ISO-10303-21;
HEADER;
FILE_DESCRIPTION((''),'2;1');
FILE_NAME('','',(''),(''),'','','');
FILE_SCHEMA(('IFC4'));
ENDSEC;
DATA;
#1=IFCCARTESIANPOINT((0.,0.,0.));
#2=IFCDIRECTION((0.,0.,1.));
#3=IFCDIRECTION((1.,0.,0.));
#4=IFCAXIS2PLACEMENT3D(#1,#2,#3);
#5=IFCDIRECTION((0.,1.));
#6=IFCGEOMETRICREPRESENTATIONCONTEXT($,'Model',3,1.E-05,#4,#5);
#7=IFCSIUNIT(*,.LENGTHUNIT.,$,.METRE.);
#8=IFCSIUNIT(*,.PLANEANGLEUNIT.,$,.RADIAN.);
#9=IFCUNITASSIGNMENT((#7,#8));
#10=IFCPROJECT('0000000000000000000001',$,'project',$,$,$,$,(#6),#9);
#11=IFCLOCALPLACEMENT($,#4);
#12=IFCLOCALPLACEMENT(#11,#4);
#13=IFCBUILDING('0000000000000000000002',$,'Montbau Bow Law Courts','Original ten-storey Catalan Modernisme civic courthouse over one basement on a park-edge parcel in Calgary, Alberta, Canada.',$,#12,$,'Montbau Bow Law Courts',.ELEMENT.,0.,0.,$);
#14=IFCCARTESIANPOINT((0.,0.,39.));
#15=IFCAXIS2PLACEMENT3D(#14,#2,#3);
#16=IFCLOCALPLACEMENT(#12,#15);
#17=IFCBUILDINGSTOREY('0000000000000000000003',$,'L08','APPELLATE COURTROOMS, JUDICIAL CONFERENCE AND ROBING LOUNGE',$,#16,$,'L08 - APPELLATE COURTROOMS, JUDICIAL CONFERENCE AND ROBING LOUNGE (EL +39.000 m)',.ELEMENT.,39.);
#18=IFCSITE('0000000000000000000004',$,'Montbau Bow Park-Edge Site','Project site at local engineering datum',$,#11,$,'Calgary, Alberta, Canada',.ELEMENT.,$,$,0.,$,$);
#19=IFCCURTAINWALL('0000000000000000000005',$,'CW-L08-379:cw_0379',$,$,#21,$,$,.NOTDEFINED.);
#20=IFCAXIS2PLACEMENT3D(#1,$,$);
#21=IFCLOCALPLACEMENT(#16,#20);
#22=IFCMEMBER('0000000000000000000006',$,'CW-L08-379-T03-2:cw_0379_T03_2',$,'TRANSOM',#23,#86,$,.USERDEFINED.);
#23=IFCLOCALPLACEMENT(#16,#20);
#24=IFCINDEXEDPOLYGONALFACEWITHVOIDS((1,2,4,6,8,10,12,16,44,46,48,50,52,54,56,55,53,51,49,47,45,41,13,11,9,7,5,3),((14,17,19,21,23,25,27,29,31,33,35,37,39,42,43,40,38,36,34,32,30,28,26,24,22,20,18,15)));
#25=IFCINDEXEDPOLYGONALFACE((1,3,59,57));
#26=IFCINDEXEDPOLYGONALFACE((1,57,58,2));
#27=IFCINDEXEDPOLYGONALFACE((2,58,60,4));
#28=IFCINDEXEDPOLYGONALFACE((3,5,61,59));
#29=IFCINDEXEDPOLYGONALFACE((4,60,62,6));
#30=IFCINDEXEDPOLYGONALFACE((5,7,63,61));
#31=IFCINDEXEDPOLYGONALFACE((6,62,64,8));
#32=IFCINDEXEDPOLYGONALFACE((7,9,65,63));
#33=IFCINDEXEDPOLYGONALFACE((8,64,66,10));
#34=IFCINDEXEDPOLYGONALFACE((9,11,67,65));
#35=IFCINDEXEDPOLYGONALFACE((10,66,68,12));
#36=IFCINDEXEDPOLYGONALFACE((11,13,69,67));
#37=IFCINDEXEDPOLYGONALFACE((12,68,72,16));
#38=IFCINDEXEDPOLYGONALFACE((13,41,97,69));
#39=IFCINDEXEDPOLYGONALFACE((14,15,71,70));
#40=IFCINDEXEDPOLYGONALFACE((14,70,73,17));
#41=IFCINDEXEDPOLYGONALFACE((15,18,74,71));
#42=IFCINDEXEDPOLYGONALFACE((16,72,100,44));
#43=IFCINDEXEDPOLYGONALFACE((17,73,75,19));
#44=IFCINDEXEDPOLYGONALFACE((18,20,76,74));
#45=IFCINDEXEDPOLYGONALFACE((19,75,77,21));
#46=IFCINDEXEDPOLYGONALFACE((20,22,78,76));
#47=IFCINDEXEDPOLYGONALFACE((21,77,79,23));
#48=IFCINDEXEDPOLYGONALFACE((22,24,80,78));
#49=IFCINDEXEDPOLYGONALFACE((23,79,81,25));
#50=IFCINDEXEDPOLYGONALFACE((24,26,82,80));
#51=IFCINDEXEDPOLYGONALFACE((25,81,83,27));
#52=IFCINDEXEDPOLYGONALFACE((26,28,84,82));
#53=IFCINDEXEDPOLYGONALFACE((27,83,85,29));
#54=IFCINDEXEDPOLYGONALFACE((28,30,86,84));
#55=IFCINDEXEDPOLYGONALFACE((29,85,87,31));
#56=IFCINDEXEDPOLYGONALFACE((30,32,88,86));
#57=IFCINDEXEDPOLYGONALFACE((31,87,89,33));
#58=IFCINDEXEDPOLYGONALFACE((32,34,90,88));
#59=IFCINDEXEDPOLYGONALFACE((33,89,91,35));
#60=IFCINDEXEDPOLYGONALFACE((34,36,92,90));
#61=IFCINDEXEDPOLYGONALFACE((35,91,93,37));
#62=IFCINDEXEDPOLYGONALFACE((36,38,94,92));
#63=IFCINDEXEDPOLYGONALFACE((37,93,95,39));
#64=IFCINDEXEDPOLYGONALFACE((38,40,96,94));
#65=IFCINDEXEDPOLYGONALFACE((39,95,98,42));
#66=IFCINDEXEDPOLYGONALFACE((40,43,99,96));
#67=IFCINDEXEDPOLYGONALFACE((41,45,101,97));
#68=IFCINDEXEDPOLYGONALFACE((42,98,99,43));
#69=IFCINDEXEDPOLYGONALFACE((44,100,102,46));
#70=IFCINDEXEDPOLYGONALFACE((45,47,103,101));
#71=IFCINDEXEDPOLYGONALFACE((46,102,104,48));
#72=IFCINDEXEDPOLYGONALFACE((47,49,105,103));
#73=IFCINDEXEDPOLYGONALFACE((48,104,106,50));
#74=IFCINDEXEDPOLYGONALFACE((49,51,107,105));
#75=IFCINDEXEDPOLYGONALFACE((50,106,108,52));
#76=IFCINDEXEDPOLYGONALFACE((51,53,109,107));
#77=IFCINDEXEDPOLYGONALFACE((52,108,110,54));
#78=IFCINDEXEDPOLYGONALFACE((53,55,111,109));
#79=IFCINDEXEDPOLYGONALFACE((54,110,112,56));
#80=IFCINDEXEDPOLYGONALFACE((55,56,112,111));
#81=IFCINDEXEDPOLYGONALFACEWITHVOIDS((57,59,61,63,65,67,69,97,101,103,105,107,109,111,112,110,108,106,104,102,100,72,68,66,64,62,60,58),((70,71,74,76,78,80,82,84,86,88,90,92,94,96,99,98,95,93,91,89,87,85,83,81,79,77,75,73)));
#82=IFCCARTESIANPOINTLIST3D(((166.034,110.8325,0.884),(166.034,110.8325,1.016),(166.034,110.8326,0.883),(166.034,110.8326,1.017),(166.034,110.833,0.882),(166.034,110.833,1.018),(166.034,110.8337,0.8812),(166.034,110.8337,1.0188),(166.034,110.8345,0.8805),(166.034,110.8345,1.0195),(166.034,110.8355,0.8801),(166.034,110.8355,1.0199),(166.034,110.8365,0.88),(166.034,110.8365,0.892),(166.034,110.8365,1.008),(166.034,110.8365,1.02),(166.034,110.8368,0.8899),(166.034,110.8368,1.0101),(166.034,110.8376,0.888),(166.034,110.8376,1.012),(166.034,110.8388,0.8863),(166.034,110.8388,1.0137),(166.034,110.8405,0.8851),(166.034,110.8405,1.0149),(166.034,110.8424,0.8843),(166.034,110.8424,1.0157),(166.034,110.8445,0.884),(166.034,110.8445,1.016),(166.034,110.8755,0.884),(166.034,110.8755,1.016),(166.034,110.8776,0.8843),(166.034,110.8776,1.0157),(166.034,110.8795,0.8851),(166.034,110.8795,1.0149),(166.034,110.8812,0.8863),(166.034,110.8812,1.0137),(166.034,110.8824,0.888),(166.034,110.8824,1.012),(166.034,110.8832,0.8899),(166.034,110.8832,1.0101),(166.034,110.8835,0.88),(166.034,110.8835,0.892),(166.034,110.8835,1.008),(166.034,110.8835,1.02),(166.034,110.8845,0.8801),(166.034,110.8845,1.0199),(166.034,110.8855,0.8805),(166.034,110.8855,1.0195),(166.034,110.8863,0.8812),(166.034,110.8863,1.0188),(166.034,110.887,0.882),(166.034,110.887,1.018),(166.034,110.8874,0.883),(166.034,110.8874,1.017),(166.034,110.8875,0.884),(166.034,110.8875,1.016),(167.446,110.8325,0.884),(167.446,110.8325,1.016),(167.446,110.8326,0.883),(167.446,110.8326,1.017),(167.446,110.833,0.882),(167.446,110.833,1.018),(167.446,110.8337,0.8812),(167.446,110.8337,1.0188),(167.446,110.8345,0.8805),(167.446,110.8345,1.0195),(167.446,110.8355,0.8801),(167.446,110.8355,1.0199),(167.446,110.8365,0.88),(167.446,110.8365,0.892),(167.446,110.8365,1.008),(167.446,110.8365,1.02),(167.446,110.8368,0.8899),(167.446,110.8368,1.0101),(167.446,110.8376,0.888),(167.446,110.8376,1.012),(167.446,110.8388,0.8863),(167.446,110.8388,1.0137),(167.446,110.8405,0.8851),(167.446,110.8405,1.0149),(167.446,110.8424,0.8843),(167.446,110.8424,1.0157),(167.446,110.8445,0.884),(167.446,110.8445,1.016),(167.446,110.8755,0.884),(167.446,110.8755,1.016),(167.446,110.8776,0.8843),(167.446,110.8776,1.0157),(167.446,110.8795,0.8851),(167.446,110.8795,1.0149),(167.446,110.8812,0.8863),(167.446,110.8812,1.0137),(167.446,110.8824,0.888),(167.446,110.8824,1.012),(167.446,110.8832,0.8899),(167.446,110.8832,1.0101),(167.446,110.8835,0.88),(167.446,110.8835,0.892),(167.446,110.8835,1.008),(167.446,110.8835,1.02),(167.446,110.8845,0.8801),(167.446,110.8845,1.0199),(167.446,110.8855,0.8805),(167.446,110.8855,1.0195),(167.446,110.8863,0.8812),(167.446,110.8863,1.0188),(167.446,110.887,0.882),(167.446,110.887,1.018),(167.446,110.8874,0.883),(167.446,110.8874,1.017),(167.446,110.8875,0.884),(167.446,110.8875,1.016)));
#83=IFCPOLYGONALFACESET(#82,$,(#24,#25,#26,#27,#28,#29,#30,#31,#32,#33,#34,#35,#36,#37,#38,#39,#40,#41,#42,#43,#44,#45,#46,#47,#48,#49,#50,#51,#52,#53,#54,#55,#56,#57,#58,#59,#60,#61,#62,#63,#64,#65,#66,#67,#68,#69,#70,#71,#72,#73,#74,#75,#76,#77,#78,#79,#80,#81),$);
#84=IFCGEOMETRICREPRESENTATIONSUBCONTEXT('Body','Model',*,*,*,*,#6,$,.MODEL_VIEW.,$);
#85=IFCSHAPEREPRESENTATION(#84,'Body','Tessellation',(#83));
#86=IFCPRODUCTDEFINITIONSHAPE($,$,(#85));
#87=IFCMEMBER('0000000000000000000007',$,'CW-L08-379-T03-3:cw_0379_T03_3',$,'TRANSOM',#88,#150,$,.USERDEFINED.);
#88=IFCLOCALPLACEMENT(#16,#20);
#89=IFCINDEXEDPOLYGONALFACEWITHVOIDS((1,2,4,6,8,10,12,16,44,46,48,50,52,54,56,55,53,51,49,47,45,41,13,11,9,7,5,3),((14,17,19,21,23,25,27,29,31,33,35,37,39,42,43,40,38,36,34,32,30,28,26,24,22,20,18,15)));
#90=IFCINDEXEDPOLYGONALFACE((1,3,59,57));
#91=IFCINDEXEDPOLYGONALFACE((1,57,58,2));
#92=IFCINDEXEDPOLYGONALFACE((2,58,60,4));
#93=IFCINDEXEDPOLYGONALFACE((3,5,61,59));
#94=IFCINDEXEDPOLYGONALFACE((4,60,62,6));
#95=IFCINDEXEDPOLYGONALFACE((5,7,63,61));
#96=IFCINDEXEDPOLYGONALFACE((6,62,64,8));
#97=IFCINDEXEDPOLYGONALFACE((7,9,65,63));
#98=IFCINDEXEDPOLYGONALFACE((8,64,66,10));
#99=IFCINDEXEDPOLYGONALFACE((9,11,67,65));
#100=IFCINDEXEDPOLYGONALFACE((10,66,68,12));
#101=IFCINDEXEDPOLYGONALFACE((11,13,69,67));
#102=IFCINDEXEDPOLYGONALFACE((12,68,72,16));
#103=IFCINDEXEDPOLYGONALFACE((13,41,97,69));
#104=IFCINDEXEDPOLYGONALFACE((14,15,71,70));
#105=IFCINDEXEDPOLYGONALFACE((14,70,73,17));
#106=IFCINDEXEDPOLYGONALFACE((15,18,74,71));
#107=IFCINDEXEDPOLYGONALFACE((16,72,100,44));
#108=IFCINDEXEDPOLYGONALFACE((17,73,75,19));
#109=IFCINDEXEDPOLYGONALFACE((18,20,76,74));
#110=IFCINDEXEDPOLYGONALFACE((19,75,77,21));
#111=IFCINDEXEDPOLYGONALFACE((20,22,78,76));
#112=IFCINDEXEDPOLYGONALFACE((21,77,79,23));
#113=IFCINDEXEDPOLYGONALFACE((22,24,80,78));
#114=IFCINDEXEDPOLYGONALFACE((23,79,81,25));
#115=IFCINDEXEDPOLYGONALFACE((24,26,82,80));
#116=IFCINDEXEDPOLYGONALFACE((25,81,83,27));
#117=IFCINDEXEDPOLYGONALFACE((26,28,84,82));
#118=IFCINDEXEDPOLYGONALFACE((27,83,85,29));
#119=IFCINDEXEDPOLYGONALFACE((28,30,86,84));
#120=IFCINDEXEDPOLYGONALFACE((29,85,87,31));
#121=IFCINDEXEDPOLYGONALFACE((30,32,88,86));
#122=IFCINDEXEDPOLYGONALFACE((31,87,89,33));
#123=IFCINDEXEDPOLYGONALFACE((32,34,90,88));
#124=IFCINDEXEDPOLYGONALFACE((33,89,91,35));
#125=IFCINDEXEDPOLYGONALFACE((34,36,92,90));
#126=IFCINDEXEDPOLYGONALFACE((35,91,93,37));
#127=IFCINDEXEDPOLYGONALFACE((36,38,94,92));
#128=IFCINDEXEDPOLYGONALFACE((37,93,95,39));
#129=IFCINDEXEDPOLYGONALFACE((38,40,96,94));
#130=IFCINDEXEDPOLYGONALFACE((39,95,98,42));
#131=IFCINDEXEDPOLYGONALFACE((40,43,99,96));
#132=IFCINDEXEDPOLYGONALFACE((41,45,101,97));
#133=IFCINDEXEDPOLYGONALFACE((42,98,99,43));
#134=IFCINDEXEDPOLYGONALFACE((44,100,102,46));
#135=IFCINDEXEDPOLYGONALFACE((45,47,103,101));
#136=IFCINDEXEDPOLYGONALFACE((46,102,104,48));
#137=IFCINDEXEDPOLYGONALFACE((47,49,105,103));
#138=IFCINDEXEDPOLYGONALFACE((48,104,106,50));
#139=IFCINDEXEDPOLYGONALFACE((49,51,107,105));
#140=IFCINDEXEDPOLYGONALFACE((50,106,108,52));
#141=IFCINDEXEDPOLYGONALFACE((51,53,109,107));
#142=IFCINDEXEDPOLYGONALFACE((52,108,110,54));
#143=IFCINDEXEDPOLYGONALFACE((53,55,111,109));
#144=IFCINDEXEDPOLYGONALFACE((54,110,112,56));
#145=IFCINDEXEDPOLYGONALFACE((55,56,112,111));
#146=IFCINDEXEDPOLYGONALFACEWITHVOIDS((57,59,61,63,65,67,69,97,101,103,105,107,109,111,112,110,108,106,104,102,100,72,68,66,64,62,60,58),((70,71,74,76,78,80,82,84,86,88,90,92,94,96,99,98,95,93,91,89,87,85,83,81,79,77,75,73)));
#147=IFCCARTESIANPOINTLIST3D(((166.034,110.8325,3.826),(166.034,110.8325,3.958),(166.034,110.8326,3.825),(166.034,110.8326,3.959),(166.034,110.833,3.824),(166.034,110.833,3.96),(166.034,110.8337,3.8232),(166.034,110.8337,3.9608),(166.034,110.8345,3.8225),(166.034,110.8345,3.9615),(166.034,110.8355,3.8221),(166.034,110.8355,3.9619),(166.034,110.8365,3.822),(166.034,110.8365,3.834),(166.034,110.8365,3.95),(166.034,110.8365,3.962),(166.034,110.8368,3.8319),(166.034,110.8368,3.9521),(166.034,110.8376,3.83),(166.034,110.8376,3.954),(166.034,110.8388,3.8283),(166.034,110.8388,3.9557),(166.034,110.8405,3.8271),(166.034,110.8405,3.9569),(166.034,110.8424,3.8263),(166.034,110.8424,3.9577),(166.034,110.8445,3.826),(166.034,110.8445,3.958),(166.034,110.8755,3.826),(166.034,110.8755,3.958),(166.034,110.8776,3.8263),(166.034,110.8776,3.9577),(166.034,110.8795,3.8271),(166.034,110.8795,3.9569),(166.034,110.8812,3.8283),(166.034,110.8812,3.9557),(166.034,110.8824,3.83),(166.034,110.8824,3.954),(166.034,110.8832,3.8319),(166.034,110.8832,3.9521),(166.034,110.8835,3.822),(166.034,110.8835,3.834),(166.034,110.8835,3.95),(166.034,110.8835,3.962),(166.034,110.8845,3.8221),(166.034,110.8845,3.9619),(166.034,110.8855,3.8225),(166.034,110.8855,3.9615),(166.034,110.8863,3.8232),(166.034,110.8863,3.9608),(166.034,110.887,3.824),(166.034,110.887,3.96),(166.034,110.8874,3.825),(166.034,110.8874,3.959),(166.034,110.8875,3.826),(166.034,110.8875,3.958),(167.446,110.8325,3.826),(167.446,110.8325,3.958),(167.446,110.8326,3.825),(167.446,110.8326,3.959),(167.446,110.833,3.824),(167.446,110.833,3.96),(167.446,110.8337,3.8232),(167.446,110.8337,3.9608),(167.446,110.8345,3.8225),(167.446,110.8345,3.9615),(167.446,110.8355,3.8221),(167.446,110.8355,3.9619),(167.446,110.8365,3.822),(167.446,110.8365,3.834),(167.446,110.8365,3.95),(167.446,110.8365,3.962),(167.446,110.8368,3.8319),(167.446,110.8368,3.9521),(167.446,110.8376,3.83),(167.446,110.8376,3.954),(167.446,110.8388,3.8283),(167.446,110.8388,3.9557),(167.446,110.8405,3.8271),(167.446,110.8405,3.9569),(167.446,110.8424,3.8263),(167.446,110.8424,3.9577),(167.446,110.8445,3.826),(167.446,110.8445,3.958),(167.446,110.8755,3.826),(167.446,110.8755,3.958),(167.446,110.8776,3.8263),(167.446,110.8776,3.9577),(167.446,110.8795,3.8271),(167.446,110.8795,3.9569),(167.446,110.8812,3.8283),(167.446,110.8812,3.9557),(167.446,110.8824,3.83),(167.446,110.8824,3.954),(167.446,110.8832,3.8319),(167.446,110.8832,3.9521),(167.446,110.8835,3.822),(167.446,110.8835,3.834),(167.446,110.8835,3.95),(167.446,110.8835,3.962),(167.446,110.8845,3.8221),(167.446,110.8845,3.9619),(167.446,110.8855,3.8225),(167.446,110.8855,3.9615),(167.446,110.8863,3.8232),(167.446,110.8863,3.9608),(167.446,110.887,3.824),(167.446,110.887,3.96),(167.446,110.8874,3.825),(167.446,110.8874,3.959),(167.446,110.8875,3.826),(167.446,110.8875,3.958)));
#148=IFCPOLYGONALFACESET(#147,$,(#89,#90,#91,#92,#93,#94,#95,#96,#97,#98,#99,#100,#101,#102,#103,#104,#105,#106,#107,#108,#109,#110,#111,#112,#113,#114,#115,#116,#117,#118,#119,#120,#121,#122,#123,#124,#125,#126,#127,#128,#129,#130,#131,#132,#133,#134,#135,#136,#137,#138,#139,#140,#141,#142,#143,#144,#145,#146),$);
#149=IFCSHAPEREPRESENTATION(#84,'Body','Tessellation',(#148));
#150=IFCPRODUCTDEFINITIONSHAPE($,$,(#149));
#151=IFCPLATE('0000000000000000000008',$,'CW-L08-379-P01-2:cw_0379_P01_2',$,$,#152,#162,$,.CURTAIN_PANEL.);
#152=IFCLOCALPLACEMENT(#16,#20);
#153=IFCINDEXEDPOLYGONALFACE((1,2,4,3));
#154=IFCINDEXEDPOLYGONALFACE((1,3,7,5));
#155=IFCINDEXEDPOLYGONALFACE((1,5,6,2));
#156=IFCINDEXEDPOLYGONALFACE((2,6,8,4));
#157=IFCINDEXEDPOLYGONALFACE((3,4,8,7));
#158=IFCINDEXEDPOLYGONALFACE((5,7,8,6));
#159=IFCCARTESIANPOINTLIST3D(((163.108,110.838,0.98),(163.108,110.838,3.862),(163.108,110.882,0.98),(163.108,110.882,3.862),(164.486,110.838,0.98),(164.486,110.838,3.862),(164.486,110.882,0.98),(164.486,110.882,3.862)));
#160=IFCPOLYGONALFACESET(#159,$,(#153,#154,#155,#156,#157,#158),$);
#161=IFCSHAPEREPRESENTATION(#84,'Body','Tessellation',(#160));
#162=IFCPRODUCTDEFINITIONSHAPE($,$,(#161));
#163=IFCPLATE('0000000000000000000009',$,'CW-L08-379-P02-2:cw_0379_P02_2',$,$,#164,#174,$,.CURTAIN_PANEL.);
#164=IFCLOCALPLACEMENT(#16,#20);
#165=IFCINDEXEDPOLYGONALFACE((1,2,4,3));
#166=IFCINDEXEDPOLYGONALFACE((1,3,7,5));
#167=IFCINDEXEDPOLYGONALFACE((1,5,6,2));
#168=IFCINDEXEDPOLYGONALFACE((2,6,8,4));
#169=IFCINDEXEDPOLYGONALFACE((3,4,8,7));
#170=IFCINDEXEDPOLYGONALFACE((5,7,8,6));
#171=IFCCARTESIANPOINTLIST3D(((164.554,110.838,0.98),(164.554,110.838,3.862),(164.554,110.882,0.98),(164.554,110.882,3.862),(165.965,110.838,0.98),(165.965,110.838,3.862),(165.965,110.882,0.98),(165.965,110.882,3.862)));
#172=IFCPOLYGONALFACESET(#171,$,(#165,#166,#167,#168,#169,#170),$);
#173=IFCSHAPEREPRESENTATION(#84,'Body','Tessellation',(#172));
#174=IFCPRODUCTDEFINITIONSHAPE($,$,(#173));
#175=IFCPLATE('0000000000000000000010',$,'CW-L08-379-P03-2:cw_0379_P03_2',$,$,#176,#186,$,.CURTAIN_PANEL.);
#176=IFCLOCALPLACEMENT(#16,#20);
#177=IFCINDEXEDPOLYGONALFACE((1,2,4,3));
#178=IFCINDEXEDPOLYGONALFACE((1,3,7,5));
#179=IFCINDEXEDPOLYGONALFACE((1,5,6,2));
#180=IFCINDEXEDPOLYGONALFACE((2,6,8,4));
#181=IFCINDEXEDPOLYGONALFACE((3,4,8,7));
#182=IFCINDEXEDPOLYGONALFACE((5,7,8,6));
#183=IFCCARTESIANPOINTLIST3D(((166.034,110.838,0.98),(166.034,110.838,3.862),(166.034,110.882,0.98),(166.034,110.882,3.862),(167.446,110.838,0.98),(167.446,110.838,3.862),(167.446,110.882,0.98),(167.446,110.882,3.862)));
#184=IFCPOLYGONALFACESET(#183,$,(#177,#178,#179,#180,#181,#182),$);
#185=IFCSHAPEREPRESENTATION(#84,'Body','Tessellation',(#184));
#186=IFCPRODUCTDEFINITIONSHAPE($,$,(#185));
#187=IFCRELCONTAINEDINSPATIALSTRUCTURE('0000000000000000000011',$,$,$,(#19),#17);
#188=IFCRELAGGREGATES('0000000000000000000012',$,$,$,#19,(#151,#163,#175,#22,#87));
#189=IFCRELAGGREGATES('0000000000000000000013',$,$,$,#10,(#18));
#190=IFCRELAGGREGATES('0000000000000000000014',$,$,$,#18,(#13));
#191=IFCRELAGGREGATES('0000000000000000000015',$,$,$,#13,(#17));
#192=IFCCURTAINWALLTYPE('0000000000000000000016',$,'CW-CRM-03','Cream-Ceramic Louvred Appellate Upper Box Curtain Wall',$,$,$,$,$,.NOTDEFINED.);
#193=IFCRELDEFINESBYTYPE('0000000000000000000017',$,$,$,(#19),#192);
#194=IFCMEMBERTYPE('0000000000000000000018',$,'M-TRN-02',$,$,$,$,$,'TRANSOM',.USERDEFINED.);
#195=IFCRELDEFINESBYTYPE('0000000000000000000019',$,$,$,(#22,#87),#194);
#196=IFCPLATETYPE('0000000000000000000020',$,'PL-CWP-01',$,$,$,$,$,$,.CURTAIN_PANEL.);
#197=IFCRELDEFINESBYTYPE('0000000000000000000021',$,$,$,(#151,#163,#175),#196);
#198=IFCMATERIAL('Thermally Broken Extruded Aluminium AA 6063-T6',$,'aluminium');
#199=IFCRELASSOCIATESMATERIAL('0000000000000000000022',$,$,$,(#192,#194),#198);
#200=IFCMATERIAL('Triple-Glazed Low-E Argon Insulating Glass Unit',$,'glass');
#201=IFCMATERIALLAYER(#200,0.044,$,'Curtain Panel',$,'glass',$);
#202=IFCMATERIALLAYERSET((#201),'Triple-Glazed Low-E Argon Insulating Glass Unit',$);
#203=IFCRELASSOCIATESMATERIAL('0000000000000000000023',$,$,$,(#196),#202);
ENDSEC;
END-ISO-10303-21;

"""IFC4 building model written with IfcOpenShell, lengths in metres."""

from ifc_helpers import new_model, si_unit, direction, frame, frame_2d, origin_with_axes, origin_2d_with_axis, place, context, subcontext, project, spatial, rectangle, hollow_rectangle, extrude, material, layer, layer_set, material_profile, profile_set, type_object, element, aggregate, save


model = new_model("IFC4")

# Units and contexts
model_context = context("Model", 3, precision=1e-05, world=origin_with_axes(), true_north=direction((0.0, 1.0)))
body_context = subcontext(model_context, "Body", "Model", "MODEL_VIEW")
ifc_project = project(units=[si_unit("LENGTHUNIT", "METRE"), si_unit("PLANEANGLEUNIT", "RADIAN")], contexts=[model_context])

# Site, building, storey
site_placement = place(None, origin_with_axes())
site = spatial("IfcSite", under=ifc_project, at=site_placement, Name="Montbau Bow Park-Edge Site", Description="Project site at local engineering datum", LongName="Calgary, Alberta, Canada", CompositionType="ELEMENT", RefElevation=0.0)
building_placement = place(site_placement, origin_with_axes())
building = spatial("IfcBuilding", under=site, at=building_placement, Name="Montbau Bow Law Courts", Description="Original ten-storey Catalan Modernisme civic courthouse over one basement on a park-edge parcel in Calgary, Alberta, Canada.", LongName="Montbau Bow Law Courts", CompositionType="ELEMENT", ElevationOfRefHeight=0.0, ElevationOfTerrain=0.0)
storey_placement = place(building_placement, frame((0.0, 0.0, 39.0), z_axis=(0.0, 0.0, 1.0), x_axis=(1.0, 0.0, 0.0)))
storey = spatial("IfcBuildingStorey", under=building, at=storey_placement, Name="L08", Description="APPELLATE COURTROOMS, JUDICIAL CONFERENCE AND ROBING LOUNGE", LongName="L08 - APPELLATE COURTROOMS, JUDICIAL CONFERENCE AND ROBING LOUNGE (EL +39.000 m)", CompositionType="ELEMENT", Elevation=39.0)

# Shared definitions
ifc_material_1 = material(Name="Thermally Broken Extruded Aluminium AA 6063-T6", Category="aluminium")
curtain_wall_type = type_object("IfcCurtainWallType", Name="CW-CRM-03", Description="Cream-Ceramic Louvred Appellate Upper Box Curtain Wall", PredefinedType="NOTDEFINED", material=ifc_material_1)

# Curtain wall, members, plates
curtain_wall_1_placement = place(None, frame((163.04, 110.86, 39.0), z_axis=(0.0, 0.0, 1.0), x_axis=(1.0, 0.0, 0.0)))
curtain_wall_1 = element("IfcCurtainWall", 1, at=curtain_wall_1_placement, inside=storey, type_object=curtain_wall_type, Name="CW-L08-379:cw_0379", PredefinedType="NOTDEFINED")
ifc_material_profile_1 = material_profile(ifc_material_1, hollow_rectangle(XDim=0.055, YDim=0.14, WallThickness=0.004, InnerFilletRadius=0.008, OuterFilletRadius=0.004, at=origin_2d_with_axis()), Name="CWT-140X55", Category="Main", Priority=0)
ifc_profile_set_1 = profile_set([ifc_material_profile_1], Name="Thermally Broken Extruded Aluminium AA 6063-T6")
member_type_1 = type_object("IfcMemberType", Name="M-TRN-02", ElementType="TRANSOM", PredefinedType="USERDEFINED", material=ifc_profile_set_1)
member_1_placement = place(None, frame((166.034, 110.86, 39.95), z_axis=(1.0, 0.0, 0.0), x_axis=(0.0, 1.0, 0.0)))
member_1 = element("IfcMember", 2, at=member_1_placement, type_object=member_type_1, Name="CW-L08-379-T03-2:cw_0379_T03_2", ObjectType="TRANSOM", PredefinedType="USERDEFINED", context=body_context, shape_type="SweptSolid", body=[
    extrude(hollow_rectangle(XDim=0.055, YDim=0.14, WallThickness=0.004, InnerFilletRadius=0.008, OuterFilletRadius=0.004, at=origin_2d_with_axis()), origin_with_axes(), (0.0, 0.0, 1.0), 1.412),
])
member_2_placement = place(None, frame((166.034, 110.86, 42.892), z_axis=(1.0, 0.0, 0.0), x_axis=(0.0, 1.0, 0.0)))
member_2 = element("IfcMember", 3, at=member_2_placement, type_object=member_type_1, Name="CW-L08-379-T03-3:cw_0379_T03_3", ObjectType="TRANSOM", PredefinedType="USERDEFINED", context=body_context, shape_type="SweptSolid", body=[
    extrude(hollow_rectangle(XDim=0.055, YDim=0.14, WallThickness=0.004, InnerFilletRadius=0.008, OuterFilletRadius=0.004, at=origin_2d_with_axis()), origin_with_axes(), (0.0, 0.0, 1.0), 1.412),
])
ifc_material_2 = material(Name="Triple-Glazed Low-E Argon Insulating Glass Unit", Category="glass")
ifc_layer_1 = layer(ifc_material_2, 0.044, Name="Curtain Panel", Category="glass")
ifc_layer_set_1 = layer_set([ifc_layer_1], Name="Triple-Glazed Low-E Argon Insulating Glass Unit")
plate_type_1 = type_object("IfcPlateType", Name="PL-CWP-01", PredefinedType="CURTAIN_PANEL", material=ifc_layer_set_1)
plate_1_placement = place(None, frame((163.108, 110.86, 39.98), z_axis=(0.0, -1.0, 0.0), x_axis=(1.0, 0.0, 0.0)))
plate_1 = element("IfcPlate", 4, at=plate_1_placement, type_object=plate_type_1, Name="CW-L08-379-P01-2:cw_0379_P01_2", PredefinedType="CURTAIN_PANEL", context=body_context, shape_type="SweptSolid", body=[
    extrude(rectangle(XDim=1.378, YDim=2.882, at=frame_2d((0.689, 1.441), x_axis=(1.0, 0.0))), frame((0.0, 0.0, -0.022), z_axis=(0.0, 0.0, 1.0), x_axis=(1.0, 0.0, 0.0)), (0.0, 0.0, 1.0), 0.044),
])
plate_2_placement = place(None, frame((164.554, 110.86, 39.98), z_axis=(0.0, -1.0, 0.0), x_axis=(1.0, 0.0, 0.0)))
plate_2 = element("IfcPlate", 5, at=plate_2_placement, type_object=plate_type_1, Name="CW-L08-379-P02-2:cw_0379_P02_2", PredefinedType="CURTAIN_PANEL", context=body_context, shape_type="SweptSolid", body=[
    extrude(rectangle(XDim=1.411, YDim=2.882, at=frame_2d((0.7055, 1.441), x_axis=(1.0, 0.0))), frame((0.0, 0.0, -0.022), z_axis=(0.0, 0.0, 1.0), x_axis=(1.0, 0.0, 0.0)), (0.0, 0.0, 1.0), 0.044),
])
plate_3_placement = place(None, frame((166.034, 110.86, 39.98), z_axis=(0.0, -1.0, 0.0), x_axis=(1.0, 0.0, 0.0)))
plate_3 = element("IfcPlate", 6, at=plate_3_placement, type_object=plate_type_1, Name="CW-L08-379-P03-2:cw_0379_P03_2", PredefinedType="CURTAIN_PANEL", context=body_context, shape_type="SweptSolid", body=[
    extrude(rectangle(XDim=1.412, YDim=2.882, at=frame_2d((0.706, 1.441), x_axis=(1.0, 0.0))), frame((0.0, 0.0, -0.022), z_axis=(0.0, 0.0, 1.0), x_axis=(1.0, 0.0, 0.0)), (0.0, 0.0, 1.0), 0.044),
])
aggregate(curtain_wall_1, [plate_1, plate_2, plate_3, member_1, member_2])

save(model, "model.ifc")
